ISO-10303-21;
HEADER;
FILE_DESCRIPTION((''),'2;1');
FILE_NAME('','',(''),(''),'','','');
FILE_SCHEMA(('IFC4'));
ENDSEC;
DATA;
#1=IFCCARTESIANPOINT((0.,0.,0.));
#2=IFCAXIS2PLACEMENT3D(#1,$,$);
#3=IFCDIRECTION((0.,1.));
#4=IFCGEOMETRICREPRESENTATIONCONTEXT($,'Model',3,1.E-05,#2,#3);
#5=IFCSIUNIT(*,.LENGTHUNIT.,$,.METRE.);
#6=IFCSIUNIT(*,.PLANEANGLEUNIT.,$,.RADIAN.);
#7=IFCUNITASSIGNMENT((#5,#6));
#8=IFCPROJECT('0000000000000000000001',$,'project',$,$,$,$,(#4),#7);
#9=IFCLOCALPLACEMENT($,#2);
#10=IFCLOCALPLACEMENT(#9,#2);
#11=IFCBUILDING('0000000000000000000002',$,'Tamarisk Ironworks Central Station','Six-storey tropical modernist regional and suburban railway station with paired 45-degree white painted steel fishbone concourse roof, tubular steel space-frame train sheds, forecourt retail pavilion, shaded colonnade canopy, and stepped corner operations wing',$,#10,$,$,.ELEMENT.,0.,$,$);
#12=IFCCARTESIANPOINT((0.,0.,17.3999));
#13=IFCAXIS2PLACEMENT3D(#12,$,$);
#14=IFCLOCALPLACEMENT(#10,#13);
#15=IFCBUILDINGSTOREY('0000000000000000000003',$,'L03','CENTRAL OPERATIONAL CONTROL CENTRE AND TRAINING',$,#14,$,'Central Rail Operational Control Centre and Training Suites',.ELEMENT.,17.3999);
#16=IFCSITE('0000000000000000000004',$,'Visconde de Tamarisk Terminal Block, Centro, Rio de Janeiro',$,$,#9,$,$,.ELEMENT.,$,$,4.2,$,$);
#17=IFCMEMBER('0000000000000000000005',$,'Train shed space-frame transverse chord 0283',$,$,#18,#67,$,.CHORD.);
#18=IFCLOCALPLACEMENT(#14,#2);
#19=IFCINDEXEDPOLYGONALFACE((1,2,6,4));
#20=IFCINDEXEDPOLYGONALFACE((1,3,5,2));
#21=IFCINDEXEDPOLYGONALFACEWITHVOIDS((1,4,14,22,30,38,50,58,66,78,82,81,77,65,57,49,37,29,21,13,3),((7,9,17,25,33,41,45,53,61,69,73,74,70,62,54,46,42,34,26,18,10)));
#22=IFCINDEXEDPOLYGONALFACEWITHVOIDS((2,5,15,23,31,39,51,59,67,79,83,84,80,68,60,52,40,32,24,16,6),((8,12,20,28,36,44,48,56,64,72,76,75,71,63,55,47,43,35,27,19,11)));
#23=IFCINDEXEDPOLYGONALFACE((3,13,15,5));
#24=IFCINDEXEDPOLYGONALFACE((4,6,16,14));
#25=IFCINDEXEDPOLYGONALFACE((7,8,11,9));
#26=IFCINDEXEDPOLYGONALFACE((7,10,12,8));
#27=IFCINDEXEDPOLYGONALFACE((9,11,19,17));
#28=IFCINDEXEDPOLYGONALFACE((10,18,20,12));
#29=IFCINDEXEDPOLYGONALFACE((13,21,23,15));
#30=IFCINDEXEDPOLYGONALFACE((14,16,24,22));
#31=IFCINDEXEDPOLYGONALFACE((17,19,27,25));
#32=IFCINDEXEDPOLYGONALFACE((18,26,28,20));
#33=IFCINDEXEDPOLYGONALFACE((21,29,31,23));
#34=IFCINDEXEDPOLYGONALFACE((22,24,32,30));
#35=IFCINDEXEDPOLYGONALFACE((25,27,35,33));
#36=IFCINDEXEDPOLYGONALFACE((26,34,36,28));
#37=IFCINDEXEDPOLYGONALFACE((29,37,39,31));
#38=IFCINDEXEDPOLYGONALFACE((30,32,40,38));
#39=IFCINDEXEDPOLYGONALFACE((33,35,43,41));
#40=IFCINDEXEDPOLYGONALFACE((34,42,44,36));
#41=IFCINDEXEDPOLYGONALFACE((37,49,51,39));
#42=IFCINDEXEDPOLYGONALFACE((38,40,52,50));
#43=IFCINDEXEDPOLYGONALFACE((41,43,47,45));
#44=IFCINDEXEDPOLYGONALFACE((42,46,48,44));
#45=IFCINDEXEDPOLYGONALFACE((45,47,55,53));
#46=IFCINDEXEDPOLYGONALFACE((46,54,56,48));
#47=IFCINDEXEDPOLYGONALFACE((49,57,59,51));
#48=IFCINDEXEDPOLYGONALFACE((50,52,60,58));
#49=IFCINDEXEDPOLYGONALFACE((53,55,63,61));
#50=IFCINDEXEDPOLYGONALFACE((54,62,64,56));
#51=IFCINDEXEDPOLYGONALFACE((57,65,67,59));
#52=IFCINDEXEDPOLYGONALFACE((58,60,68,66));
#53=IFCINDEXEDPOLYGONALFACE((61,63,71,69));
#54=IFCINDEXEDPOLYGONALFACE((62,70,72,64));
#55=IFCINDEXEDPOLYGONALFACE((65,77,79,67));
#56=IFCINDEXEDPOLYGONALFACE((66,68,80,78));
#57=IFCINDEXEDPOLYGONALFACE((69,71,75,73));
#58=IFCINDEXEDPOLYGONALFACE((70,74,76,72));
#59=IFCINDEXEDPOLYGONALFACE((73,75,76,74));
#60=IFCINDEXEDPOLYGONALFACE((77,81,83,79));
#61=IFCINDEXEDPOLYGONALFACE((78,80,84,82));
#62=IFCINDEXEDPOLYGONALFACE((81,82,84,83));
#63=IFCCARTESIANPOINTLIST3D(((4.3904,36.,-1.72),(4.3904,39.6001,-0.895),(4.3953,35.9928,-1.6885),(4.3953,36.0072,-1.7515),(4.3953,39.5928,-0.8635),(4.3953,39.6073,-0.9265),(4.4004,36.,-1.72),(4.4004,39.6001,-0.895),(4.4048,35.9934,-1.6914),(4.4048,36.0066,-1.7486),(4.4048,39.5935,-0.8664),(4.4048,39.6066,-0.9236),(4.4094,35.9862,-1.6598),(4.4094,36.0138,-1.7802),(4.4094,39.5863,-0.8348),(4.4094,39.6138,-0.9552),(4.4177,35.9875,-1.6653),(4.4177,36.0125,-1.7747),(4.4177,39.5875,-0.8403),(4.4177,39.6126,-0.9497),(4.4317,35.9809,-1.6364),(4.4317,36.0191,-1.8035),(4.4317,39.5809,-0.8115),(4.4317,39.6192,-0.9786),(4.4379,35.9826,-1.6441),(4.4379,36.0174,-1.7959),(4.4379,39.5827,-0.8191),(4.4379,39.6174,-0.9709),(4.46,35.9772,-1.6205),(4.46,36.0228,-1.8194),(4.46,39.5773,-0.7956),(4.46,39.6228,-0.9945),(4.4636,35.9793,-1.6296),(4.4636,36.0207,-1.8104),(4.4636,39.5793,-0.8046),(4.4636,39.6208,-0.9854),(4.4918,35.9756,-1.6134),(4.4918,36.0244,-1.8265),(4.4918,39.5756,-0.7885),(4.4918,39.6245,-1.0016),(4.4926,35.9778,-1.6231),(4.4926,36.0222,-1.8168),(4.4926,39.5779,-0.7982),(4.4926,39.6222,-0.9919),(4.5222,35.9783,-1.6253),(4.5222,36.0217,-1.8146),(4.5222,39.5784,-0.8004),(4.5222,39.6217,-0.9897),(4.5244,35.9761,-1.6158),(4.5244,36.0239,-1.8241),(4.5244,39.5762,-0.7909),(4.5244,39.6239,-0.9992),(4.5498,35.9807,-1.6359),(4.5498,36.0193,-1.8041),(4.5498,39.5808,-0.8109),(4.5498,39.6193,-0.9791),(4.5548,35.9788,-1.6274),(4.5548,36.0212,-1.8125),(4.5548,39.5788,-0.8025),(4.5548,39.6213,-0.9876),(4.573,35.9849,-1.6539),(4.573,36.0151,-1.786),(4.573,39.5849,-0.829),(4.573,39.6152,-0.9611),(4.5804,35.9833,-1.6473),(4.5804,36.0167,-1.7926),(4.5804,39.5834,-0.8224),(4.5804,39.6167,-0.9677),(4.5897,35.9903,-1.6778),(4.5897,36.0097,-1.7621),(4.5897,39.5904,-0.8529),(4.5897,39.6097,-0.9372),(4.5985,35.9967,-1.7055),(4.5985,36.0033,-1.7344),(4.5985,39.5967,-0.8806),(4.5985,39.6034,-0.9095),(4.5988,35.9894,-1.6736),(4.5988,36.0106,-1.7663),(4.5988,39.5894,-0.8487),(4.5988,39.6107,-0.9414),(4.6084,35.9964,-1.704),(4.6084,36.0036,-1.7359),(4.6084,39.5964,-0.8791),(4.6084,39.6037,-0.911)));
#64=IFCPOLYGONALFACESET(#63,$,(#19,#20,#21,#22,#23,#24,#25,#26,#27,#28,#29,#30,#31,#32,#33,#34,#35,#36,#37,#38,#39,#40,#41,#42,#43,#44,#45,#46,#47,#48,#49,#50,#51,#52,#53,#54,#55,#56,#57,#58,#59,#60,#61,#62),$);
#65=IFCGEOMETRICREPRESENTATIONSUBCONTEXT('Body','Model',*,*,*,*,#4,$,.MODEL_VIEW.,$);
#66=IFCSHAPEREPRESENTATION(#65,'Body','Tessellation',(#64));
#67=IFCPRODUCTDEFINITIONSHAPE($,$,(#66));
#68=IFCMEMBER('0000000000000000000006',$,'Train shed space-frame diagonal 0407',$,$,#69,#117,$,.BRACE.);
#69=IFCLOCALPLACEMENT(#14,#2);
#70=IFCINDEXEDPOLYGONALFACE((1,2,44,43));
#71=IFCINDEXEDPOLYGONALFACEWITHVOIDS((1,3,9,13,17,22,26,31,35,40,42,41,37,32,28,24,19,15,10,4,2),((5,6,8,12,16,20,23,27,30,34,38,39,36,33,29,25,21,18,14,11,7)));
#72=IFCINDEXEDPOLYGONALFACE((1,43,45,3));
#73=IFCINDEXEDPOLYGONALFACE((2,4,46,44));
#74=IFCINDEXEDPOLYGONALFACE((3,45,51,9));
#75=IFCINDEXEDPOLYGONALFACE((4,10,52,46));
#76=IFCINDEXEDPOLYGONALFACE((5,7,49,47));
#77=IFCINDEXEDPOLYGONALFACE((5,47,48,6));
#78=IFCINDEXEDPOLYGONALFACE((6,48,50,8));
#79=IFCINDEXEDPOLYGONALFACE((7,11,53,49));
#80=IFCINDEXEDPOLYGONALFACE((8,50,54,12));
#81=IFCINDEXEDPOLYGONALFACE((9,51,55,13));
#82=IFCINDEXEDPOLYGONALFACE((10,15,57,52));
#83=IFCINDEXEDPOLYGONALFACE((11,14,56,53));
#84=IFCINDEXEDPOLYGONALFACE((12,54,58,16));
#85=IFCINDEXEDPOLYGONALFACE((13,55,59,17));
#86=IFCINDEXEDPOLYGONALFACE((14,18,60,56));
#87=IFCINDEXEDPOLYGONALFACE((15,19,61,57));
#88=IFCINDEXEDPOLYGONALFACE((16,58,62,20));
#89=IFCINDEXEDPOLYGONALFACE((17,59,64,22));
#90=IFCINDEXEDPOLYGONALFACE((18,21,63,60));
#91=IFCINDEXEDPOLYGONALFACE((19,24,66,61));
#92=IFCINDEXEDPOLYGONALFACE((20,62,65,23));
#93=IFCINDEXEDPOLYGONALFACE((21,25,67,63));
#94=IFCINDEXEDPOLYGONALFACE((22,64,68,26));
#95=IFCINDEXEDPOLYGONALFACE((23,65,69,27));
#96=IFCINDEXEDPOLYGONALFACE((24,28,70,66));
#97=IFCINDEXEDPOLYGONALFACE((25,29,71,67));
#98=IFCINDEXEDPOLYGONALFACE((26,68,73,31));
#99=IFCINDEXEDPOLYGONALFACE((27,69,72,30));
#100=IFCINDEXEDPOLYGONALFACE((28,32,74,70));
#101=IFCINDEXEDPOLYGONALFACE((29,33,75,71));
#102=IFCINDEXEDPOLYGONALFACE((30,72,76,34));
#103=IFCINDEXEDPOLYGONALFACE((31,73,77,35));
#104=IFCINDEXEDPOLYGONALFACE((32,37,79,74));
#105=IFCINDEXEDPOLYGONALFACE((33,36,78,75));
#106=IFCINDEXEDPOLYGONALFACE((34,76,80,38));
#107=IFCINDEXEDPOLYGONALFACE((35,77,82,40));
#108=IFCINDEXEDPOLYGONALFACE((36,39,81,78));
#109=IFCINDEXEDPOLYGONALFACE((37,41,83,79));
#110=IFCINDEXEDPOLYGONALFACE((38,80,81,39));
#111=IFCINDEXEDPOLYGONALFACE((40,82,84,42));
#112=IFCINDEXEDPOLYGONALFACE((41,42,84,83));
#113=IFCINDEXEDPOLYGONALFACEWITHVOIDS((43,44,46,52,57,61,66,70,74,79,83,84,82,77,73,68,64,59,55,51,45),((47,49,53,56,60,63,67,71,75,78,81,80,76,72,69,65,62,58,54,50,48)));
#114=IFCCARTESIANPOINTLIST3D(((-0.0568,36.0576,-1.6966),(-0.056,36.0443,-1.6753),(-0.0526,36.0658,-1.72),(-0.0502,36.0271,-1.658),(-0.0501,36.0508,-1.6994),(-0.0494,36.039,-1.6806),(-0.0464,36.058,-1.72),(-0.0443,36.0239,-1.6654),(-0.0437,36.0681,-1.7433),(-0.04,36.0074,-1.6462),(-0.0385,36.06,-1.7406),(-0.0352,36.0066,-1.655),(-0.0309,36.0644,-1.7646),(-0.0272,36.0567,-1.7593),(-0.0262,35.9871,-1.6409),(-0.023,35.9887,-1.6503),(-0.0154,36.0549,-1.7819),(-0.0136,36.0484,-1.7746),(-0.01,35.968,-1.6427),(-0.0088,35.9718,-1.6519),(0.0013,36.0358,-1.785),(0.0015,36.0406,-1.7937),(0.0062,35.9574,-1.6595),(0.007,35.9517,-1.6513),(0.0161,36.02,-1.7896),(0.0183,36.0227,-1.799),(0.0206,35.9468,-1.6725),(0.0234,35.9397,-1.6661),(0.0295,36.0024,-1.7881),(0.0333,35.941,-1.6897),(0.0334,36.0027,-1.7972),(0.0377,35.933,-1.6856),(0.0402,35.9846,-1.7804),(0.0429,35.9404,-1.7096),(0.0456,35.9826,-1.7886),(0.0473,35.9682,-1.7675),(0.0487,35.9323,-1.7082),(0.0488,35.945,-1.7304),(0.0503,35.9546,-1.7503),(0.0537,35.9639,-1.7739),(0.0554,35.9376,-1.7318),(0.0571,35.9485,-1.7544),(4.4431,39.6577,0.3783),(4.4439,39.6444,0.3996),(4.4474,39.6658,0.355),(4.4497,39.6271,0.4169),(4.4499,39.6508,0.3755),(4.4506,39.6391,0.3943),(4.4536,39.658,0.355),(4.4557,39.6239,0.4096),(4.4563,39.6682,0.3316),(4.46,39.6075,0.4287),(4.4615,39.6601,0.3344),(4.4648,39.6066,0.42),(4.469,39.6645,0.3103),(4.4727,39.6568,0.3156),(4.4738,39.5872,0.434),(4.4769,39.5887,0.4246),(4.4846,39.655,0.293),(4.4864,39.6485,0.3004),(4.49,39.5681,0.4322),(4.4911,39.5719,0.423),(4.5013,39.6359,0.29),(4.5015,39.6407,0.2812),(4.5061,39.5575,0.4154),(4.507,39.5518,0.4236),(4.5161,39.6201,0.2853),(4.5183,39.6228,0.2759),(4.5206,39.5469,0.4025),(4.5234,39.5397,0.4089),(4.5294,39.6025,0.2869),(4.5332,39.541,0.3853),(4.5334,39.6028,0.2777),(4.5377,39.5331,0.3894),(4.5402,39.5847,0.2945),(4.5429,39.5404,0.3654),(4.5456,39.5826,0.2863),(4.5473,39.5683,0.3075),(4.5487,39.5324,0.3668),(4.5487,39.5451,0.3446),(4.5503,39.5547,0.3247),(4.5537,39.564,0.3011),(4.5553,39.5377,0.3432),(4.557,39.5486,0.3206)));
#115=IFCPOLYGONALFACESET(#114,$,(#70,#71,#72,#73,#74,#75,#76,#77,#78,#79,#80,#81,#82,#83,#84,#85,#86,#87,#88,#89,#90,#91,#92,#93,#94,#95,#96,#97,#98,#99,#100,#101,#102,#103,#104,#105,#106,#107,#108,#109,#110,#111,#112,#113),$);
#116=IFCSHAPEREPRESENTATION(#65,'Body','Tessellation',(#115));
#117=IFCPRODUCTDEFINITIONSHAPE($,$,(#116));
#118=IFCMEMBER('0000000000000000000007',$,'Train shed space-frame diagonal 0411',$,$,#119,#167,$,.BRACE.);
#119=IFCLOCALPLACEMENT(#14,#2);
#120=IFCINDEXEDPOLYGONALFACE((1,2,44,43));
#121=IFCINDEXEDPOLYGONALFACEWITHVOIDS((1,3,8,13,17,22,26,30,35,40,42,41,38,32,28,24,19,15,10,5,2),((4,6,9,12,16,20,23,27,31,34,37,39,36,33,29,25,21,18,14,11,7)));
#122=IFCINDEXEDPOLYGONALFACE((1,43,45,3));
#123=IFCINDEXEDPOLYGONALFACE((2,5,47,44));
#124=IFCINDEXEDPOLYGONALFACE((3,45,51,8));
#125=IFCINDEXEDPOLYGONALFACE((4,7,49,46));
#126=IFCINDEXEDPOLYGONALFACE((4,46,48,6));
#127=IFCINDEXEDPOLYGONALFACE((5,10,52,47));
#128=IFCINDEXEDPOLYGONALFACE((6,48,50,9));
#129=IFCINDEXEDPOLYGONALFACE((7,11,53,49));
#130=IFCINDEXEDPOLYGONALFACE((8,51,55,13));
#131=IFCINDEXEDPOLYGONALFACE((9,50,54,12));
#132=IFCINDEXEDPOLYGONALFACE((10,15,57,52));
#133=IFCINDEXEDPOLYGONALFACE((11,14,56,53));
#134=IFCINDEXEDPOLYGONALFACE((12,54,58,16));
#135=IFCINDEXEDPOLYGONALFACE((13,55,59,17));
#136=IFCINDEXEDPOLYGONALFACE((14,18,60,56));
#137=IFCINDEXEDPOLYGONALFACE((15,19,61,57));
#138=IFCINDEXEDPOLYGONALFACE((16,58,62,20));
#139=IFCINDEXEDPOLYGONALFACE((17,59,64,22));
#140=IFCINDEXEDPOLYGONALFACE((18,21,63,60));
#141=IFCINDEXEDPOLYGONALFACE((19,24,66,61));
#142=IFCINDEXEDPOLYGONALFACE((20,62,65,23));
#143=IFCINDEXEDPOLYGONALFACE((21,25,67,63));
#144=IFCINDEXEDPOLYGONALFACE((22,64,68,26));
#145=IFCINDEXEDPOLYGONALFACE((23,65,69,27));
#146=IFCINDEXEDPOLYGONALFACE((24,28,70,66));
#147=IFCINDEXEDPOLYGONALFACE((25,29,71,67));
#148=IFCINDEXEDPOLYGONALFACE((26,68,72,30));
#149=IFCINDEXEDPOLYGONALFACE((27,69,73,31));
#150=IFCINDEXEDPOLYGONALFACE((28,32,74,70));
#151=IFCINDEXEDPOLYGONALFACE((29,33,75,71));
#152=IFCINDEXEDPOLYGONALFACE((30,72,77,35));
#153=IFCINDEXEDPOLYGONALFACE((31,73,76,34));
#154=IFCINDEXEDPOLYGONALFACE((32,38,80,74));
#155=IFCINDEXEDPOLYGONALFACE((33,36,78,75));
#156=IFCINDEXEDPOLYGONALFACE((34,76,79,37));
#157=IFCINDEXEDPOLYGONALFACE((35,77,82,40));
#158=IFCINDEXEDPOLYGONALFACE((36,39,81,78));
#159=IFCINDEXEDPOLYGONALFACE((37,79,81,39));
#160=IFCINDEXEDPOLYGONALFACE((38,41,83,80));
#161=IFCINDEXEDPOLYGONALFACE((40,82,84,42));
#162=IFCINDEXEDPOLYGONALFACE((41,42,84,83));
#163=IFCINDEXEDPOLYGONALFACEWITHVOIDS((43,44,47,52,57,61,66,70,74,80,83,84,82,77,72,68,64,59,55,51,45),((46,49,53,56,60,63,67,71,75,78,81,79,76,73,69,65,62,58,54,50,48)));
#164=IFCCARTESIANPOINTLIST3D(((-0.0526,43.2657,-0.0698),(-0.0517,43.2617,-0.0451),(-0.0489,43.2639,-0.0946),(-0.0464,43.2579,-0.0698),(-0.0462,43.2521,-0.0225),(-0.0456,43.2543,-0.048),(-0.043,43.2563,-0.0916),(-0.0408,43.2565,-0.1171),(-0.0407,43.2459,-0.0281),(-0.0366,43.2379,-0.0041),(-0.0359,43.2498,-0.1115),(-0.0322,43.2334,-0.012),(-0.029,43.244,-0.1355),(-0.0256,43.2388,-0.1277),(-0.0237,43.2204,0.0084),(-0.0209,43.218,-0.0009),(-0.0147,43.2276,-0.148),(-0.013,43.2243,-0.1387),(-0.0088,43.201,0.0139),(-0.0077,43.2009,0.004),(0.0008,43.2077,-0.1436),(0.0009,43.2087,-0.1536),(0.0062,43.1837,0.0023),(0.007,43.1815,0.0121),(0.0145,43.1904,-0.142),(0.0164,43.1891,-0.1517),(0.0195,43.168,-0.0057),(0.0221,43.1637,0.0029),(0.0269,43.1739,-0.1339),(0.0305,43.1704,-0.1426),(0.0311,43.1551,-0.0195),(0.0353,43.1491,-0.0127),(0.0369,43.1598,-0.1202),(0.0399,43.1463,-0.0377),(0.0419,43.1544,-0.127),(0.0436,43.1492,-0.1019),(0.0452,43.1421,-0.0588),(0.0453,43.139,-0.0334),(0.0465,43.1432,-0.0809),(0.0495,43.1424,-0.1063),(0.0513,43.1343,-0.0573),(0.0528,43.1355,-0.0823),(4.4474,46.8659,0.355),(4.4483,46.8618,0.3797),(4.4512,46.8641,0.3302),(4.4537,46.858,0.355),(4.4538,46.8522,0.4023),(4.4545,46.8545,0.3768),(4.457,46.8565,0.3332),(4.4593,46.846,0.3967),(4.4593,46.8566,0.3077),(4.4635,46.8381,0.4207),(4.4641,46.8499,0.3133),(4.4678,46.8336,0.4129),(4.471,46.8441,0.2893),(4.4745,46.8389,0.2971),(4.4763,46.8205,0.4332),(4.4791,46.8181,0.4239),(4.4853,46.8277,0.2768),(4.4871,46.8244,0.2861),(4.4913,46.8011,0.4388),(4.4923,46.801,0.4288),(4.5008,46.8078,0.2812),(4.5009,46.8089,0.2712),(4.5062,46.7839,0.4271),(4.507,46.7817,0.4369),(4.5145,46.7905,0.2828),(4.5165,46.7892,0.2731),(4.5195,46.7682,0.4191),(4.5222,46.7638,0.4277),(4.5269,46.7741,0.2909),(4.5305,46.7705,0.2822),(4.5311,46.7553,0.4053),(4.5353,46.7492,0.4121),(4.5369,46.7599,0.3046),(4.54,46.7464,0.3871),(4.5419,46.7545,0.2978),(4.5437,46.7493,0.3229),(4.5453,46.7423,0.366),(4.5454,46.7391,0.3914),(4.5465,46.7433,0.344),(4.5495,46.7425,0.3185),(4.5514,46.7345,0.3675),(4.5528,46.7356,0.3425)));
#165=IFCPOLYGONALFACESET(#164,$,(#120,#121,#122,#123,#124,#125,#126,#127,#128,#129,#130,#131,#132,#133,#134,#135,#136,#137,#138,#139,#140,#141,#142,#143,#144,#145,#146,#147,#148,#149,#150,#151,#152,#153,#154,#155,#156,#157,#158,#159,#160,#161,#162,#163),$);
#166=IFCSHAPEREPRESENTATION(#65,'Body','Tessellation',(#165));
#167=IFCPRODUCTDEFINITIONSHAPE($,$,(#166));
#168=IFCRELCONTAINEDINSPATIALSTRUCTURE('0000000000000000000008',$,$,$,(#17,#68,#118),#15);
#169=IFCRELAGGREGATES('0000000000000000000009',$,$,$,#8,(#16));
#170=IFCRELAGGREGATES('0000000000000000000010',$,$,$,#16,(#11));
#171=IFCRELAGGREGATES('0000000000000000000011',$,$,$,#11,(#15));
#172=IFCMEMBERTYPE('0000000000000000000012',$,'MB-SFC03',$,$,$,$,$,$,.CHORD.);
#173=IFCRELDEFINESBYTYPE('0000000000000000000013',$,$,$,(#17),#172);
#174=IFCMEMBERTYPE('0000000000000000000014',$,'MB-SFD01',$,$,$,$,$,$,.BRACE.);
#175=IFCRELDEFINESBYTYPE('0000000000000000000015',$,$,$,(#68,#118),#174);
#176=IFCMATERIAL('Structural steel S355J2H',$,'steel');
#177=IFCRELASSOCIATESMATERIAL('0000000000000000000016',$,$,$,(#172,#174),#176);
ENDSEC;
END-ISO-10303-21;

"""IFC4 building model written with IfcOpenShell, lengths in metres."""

from ifc_helpers import new_model, si_unit, direction, frame, origin, origin_2d, place, context, subcontext, project, spatial, hollow_circle, extrude, material, material_profile, profile_set, type_object, element, save


model = new_model("IFC4")

# Units and contexts
model_context = context("Model", 3, precision=1e-05, world=origin(), true_north=direction((0.0, 1.0)))
body_context = subcontext(model_context, "Body", "Model", "MODEL_VIEW")
ifc_project = project(units=[si_unit("LENGTHUNIT", "METRE"), si_unit("PLANEANGLEUNIT", "RADIAN")], contexts=[model_context])

# Site, building, storey
site_placement = place(None, origin())
site = spatial("IfcSite", under=ifc_project, at=site_placement, Name="Visconde de Tamarisk Terminal Block, Centro, Rio de Janeiro", CompositionType="ELEMENT", RefElevation=4.2)
building_placement = place(site_placement, origin())
building = spatial("IfcBuilding", under=site, at=building_placement, Name="Tamarisk Ironworks Central Station", Description="Six-storey tropical modernist regional and suburban railway station with paired 45-degree white painted steel fishbone concourse roof, tubular steel space-frame train sheds, forecourt retail pavilion, shaded colonnade canopy, and stepped corner operations wing", CompositionType="ELEMENT", ElevationOfRefHeight=0.0)
storey_placement = place(building_placement, frame((0.0, 0.0, 17.3999)))
storey = spatial("IfcBuildingStorey", under=building, at=storey_placement, Name="L03", Description="CENTRAL OPERATIONAL CONTROL CENTRE AND TRAINING", LongName="Central Rail Operational Control Centre and Training Suites", CompositionType="ELEMENT", Elevation=17.3999)

# Members
ifc_material_1 = material(Name="Structural steel S355J2H", Category="steel")
ifc_material_profile_1 = material_profile(ifc_material_1, hollow_circle(Radius=0.1096, WallThickness=0.01, at=origin_2d()), Name="CHS 219.1x10")
ifc_profile_set_1 = profile_set([ifc_material_profile_1], Name="Structural steel S355J2H")
member_type_1 = type_object("IfcMemberType", Name="MB-SFC03", PredefinedType="CHORD", material=ifc_profile_set_1)
for number, where, z_axis, x_axis, name in (
    (1, (4.5, 36.0, -1.72), (0.0, 0.974737, 0.223358), (-1.0, 0.0, 0.0), "Train shed space-frame transverse chord 0283"),
):
    element("IfcMember", number, at=place(storey_placement, frame(where, z_axis=z_axis, x_axis=x_axis)), inside=storey, type_object=member_type_1, Name=name, PredefinedType="CHORD", context=body_context, shape_type="SweptSolid", body=[
        extrude(hollow_circle(Radius=0.1096, WallThickness=0.01, at=origin_2d()), origin(), (0.0, 0.0, 1.0), 3.6934),
    ])
ifc_material_profile_2 = material_profile(ifc_material_1, hollow_circle(Radius=0.0842, WallThickness=0.01, at=origin_2d()), Name="CHS 168.3x10")
ifc_profile_set_2 = profile_set([ifc_material_profile_2], Name="Structural steel S355J2H")
member_type_2 = type_object("IfcMemberType", Name="MB-SFD01", PredefinedType="BRACE", material=ifc_profile_set_2)
member_1_placement = place(storey_placement, frame((0.0, 36.0, -1.72), z_axis=(0.734689, 0.587767, 0.338765), x_axis=(-0.624705, 0.780861, 0.0)))
element("IfcMember", 2, at=member_1_placement, inside=storey, type_object=member_type_2, Name="Train shed space-frame diagonal 0407", PredefinedType="BRACE", context=body_context, shape_type="SweptSolid", body=[
    extrude(hollow_circle(Radius=0.0842, WallThickness=0.01, at=origin_2d()), origin(), (0.0, 0.0, 1.0), 6.125),
])
member_2_placement = place(storey_placement, frame((0.0, 43.2, -0.0698), z_axis=(0.778748, 0.623015, 0.073515), x_axis=(-0.624705, 0.780861, 0.0)))
element("IfcMember", 3, at=member_2_placement, inside=storey, type_object=member_type_2, Name="Train shed space-frame diagonal 0411", PredefinedType="BRACE", context=body_context, shape_type="SweptSolid", body=[
    extrude(hollow_circle(Radius=0.0842, WallThickness=0.01, at=origin_2d()), origin(), (0.0, 0.0, 1.0), 5.7786),
])

save(model, "model.ifc")
